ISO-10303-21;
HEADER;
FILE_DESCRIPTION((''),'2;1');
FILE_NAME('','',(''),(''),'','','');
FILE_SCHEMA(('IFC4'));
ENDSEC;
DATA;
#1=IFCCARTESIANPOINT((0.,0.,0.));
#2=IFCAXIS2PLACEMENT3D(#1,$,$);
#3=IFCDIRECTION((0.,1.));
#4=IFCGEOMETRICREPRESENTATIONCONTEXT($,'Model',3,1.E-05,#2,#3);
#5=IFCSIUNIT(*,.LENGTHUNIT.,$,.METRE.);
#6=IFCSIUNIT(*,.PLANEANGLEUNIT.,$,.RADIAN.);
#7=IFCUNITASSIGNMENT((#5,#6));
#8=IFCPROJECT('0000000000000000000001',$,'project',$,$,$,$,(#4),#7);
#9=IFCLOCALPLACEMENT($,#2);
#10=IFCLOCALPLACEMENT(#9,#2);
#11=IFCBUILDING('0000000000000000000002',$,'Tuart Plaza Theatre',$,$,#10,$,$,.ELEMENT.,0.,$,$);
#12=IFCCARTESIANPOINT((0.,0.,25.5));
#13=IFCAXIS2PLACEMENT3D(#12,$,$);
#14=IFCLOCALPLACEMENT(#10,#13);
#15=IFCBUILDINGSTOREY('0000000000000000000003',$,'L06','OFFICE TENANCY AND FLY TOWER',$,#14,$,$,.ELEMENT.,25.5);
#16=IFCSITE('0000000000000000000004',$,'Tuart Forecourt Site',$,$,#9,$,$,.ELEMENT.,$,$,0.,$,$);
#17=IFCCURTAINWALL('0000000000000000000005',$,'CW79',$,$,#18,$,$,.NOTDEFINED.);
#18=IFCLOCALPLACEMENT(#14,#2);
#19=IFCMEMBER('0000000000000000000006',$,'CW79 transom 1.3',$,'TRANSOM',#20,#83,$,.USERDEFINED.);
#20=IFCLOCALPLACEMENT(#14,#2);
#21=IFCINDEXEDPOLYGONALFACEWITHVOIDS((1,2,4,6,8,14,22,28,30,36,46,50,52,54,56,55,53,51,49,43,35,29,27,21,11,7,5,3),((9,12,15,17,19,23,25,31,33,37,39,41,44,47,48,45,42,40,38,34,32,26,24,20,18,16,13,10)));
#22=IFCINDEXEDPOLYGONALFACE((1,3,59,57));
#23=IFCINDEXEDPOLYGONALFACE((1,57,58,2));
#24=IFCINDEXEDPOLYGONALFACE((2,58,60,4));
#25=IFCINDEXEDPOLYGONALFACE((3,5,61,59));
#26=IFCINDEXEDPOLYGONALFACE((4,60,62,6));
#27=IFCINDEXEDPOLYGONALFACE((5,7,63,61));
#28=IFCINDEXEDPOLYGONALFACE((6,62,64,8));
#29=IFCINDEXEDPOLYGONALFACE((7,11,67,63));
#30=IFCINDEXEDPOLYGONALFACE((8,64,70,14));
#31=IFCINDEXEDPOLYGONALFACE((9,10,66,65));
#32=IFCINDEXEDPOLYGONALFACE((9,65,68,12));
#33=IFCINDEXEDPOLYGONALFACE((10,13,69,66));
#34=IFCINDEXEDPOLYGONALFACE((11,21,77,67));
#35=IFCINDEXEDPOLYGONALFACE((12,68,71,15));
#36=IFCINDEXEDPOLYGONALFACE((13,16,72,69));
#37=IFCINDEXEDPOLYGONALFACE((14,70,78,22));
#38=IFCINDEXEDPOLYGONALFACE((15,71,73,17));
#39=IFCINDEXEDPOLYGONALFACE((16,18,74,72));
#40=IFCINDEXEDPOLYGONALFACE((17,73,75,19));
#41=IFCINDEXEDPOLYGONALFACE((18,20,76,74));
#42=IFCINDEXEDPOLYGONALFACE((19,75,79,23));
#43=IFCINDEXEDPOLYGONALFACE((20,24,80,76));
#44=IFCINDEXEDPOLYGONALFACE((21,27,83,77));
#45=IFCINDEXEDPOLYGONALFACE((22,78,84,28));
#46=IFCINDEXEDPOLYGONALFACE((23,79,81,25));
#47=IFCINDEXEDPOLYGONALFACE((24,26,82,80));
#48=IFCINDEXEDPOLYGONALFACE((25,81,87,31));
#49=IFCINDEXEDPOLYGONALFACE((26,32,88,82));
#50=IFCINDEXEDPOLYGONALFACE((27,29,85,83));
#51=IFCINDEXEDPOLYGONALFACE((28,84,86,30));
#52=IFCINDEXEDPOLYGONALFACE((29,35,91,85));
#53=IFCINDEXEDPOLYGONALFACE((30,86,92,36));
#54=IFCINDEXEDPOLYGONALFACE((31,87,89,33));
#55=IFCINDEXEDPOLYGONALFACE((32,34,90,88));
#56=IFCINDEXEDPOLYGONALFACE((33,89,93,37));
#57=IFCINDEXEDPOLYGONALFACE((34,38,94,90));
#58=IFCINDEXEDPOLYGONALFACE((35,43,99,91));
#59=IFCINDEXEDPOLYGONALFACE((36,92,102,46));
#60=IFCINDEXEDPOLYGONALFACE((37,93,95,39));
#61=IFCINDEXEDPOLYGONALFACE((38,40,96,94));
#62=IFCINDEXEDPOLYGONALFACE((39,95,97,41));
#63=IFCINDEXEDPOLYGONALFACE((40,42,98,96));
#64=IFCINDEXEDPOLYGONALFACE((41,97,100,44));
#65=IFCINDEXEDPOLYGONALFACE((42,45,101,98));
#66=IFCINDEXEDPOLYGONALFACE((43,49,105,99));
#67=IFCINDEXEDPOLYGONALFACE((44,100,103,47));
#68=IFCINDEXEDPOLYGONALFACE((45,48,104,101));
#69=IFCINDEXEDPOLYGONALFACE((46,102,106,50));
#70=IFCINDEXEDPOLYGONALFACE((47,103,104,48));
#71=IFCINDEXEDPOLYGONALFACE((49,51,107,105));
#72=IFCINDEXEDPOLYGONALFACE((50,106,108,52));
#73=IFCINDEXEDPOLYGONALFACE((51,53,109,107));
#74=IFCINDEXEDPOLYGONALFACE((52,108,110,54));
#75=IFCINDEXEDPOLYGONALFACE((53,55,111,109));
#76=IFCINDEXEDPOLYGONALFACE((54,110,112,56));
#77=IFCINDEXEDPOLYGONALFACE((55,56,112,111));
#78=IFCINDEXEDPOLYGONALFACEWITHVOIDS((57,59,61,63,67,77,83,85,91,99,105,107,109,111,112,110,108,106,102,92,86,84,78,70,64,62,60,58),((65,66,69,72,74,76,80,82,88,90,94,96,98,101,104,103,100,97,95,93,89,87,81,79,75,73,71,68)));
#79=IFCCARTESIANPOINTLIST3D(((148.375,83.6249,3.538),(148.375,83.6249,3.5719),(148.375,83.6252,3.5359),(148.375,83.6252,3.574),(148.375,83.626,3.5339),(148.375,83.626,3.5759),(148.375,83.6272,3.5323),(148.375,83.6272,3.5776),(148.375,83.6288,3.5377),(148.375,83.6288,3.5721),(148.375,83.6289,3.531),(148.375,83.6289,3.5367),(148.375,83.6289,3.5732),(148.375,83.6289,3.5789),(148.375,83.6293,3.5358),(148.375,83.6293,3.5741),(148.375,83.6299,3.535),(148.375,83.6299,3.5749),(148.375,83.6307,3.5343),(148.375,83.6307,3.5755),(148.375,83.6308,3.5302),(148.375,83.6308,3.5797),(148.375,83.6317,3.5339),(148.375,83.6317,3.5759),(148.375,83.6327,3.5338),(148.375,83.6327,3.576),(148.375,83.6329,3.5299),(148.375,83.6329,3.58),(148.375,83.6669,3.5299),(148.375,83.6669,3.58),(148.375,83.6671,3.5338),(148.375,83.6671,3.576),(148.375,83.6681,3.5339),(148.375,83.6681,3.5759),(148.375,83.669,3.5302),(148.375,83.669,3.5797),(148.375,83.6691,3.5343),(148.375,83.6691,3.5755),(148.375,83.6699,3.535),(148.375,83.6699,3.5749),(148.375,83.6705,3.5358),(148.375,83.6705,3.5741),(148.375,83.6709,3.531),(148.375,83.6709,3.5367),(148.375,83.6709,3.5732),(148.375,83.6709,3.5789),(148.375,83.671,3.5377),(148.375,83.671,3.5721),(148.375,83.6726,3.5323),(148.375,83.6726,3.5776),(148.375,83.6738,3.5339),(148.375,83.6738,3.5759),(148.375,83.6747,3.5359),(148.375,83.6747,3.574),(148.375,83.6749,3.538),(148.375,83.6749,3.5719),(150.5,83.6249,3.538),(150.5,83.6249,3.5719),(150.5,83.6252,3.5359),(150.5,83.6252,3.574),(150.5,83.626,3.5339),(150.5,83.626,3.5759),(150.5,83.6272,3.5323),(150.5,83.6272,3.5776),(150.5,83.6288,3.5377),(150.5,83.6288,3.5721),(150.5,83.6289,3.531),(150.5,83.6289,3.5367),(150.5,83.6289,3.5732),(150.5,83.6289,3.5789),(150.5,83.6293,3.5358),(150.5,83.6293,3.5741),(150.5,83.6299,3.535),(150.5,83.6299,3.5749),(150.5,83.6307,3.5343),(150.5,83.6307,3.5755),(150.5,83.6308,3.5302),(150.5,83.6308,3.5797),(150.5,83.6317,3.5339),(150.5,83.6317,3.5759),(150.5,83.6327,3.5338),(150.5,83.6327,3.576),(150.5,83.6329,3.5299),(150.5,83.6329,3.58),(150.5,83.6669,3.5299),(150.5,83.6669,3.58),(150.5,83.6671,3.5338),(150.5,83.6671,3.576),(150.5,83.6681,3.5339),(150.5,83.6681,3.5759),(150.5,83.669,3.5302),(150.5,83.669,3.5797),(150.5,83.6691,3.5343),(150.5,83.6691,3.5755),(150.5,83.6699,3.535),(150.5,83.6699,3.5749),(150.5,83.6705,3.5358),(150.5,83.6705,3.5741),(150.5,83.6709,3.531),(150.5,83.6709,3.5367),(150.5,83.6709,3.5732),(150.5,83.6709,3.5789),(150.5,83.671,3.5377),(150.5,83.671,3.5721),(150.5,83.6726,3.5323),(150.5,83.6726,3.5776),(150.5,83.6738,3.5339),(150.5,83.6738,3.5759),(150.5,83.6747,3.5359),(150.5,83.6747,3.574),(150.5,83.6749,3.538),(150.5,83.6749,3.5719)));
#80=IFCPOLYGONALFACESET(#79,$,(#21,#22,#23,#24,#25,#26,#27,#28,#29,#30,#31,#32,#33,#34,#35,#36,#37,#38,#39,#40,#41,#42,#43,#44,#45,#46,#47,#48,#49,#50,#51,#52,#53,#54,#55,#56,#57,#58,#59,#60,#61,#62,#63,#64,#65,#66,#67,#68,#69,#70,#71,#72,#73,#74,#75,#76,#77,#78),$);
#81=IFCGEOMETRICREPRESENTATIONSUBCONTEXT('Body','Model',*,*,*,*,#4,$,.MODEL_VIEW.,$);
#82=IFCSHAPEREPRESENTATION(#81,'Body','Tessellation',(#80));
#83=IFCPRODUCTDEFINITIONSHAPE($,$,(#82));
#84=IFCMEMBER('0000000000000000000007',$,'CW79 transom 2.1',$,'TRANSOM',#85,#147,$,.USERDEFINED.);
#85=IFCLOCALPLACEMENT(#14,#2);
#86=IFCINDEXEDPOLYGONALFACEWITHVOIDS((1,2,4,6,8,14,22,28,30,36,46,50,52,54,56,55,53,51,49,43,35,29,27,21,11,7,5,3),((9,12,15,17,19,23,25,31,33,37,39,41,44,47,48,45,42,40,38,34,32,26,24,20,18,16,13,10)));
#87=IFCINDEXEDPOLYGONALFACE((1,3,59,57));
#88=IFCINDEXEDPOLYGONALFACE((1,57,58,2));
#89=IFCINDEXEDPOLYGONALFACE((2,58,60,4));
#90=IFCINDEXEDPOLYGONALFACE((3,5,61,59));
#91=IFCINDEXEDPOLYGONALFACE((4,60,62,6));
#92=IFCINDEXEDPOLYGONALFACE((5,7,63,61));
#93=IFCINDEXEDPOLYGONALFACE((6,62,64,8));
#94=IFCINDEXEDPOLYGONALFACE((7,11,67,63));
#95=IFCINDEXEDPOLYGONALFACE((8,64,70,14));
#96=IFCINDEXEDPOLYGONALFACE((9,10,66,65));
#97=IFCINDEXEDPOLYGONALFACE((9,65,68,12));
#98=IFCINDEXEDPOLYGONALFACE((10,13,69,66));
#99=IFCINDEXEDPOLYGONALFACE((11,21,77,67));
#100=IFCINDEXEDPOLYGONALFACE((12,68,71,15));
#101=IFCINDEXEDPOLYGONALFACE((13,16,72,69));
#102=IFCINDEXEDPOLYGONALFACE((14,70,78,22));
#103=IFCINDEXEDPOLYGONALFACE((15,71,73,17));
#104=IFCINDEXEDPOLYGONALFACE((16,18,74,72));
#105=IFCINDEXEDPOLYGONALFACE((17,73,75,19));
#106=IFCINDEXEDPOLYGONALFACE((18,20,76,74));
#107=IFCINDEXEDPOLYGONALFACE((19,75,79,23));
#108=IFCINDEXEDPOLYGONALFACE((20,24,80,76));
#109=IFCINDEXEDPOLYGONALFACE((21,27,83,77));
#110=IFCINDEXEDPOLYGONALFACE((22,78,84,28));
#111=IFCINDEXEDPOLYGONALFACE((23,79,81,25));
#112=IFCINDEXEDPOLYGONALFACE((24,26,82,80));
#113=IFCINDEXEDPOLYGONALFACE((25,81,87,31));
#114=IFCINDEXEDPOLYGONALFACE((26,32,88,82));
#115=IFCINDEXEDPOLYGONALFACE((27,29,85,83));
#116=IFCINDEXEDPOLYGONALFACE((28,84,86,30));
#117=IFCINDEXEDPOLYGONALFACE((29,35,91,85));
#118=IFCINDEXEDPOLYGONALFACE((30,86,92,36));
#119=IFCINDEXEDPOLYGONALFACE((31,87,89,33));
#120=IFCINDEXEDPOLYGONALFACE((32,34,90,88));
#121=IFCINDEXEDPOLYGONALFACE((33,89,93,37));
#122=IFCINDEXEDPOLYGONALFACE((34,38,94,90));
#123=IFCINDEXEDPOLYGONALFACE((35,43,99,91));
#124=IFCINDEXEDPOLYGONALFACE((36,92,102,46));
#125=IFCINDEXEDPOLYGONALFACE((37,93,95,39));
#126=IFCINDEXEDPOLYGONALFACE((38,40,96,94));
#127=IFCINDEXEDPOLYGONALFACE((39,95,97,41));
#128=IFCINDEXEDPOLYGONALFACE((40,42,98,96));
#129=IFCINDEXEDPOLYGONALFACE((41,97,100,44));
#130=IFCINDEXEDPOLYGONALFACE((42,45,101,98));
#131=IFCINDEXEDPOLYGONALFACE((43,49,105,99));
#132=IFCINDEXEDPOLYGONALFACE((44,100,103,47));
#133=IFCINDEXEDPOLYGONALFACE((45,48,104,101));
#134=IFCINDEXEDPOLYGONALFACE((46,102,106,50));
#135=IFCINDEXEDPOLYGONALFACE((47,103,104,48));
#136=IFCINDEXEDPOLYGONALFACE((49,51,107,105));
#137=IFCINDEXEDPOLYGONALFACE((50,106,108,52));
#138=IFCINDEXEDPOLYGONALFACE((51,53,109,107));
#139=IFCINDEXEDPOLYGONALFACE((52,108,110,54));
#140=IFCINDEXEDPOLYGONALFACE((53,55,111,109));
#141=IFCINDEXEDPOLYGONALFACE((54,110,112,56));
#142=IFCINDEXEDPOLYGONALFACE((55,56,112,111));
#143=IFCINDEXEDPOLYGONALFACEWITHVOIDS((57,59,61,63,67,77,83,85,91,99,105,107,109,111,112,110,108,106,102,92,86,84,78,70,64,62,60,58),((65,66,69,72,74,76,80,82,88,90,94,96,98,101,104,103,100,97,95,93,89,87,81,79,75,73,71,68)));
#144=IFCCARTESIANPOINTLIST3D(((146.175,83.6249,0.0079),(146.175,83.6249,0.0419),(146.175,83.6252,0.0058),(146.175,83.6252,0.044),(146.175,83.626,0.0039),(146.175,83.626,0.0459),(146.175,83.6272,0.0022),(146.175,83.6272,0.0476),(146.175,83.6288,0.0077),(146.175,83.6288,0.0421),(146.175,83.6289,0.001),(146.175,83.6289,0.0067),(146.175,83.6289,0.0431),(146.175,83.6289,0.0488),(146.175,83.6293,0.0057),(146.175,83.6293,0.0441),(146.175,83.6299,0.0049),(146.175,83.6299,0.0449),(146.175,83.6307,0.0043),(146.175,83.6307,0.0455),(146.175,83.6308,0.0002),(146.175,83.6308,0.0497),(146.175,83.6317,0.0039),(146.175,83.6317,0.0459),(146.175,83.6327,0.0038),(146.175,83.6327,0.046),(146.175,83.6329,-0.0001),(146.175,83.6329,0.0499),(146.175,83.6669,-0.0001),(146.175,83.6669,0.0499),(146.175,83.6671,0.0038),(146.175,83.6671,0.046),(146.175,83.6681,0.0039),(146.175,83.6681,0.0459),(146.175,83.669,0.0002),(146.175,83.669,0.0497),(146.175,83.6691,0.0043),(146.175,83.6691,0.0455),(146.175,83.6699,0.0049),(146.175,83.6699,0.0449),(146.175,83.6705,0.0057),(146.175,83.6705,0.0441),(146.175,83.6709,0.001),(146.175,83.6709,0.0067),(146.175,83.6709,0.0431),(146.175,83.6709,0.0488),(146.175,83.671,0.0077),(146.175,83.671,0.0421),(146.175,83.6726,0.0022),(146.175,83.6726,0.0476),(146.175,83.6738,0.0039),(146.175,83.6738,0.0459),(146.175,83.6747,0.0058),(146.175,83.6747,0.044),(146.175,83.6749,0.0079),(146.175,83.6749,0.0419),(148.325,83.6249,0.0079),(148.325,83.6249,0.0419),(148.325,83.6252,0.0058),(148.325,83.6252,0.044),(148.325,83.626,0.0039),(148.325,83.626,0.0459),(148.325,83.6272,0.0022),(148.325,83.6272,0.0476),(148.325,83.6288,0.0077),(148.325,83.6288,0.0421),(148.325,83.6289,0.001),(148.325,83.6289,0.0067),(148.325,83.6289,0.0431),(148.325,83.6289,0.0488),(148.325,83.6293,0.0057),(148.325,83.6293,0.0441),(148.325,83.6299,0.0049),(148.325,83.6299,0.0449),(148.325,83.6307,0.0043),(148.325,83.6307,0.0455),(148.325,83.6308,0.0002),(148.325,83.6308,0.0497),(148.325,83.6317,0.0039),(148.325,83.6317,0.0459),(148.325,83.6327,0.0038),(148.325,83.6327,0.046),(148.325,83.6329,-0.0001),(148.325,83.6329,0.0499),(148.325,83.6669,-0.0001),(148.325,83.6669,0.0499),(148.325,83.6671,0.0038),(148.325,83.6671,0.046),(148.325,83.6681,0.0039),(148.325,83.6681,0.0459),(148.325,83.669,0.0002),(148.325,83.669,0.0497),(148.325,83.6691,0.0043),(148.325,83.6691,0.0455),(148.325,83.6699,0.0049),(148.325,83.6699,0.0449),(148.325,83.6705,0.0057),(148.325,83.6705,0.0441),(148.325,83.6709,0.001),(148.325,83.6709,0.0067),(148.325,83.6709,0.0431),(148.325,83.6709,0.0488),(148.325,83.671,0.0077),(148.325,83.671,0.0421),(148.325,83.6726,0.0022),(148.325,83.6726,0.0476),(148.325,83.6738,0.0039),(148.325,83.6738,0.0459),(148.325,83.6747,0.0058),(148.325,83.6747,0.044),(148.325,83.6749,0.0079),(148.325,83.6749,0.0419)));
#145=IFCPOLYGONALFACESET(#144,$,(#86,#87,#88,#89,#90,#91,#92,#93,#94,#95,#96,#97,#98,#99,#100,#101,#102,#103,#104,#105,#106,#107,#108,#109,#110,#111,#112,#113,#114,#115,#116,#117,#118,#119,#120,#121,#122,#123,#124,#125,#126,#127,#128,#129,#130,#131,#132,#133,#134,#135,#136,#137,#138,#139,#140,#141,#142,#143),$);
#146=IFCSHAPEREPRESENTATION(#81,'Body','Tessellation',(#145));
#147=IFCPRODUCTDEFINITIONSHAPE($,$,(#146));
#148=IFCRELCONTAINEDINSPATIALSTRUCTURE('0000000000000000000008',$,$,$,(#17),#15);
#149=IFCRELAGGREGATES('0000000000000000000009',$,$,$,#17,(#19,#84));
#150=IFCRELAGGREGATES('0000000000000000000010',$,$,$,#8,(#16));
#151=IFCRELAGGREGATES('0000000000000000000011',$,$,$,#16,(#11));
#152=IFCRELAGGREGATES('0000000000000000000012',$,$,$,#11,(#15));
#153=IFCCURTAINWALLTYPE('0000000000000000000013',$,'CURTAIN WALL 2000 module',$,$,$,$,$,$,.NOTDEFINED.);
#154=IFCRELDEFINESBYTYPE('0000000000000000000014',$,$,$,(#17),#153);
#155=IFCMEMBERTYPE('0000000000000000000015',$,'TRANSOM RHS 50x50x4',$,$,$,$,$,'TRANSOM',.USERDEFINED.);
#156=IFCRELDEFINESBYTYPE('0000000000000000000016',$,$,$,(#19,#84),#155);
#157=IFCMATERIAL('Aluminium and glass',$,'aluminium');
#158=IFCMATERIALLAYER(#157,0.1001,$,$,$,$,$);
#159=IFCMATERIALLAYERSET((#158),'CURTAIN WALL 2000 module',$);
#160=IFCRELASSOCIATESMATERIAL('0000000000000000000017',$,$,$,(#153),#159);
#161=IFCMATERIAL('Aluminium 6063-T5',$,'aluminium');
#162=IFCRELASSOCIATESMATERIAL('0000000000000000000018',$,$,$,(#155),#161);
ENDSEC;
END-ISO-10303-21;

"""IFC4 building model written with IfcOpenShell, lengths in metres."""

from ifc_helpers import new_model, si_unit, direction, frame, origin, origin_2d, place, context, subcontext, project, spatial, hollow_rectangle, extrude, material, layer, layer_set, material_profile, profile_set, type_object, element, aggregate, save


model = new_model("IFC4")

# Units and contexts
model_context = context("Model", 3, precision=1e-05, world=origin(), true_north=direction((0.0, 1.0)))
body_context = subcontext(model_context, "Body", "Model", "MODEL_VIEW")
ifc_project = project(units=[si_unit("LENGTHUNIT", "METRE"), si_unit("PLANEANGLEUNIT", "RADIAN")], contexts=[model_context])

# Site, building, storey
site_placement = place(None, origin())
site = spatial("IfcSite", under=ifc_project, at=site_placement, Name="Tuart Forecourt Site", CompositionType="ELEMENT", RefElevation=0.0)
building_placement = place(site_placement, origin())
building = spatial("IfcBuilding", under=site, at=building_placement, Name="Tuart Plaza Theatre", CompositionType="ELEMENT", ElevationOfRefHeight=0.0)
storey_placement = place(building_placement, frame((0.0, 0.0, 25.5)))
storey = spatial("IfcBuildingStorey", under=building, at=storey_placement, Name="L06", Description="OFFICE TENANCY AND FLY TOWER", CompositionType="ELEMENT", Elevation=25.5)

# Shared definitions
ifc_material_1 = material(Name="Aluminium and glass", Category="aluminium")
ifc_layer_1 = layer(ifc_material_1, 0.1001)
ifc_layer_set_1 = layer_set([ifc_layer_1], Name="CURTAIN WALL 2000 module")
curtain_wall_type = type_object("IfcCurtainWallType", Name="CURTAIN WALL 2000 module", PredefinedType="NOTDEFINED", material=ifc_layer_set_1)

# Curtain wall
curtain_wall_1_placement = place(storey_placement, origin())
curtain_wall_1 = element("IfcCurtainWall", 1, at=curtain_wall_1_placement, inside=storey, type_object=curtain_wall_type, Name="CW79", PredefinedType="NOTDEFINED")

# Members
ifc_material_2 = material(Name="Aluminium 6063-T5", Category="aluminium")
ifc_material_profile_1 = material_profile(ifc_material_2, hollow_rectangle(XDim=0.05, YDim=0.05, WallThickness=0.0039, InnerFilletRadius=0.0039, OuterFilletRadius=0.0081, at=origin_2d()), Name="RHS 50x50x4")
ifc_profile_set_1 = profile_set([ifc_material_profile_1], Name="Aluminium 6063-T5")
member_type_1 = type_object("IfcMemberType", Name="TRANSOM RHS 50x50x4", ElementType="TRANSOM", PredefinedType="USERDEFINED", material=ifc_profile_set_1)
member_1_placement = place(storey_placement, frame((150.5, 83.6499, 3.5549), z_axis=(-1.0, 0.0, 0.0), x_axis=(0.0, -1.0, 0.0)))
member_1 = element("IfcMember", 2, at=member_1_placement, type_object=member_type_1, Name="CW79 transom 1.3", ObjectType="TRANSOM", PredefinedType="USERDEFINED", context=body_context, shape_type="SweptSolid", body=[
    extrude(hollow_rectangle(XDim=0.05, YDim=0.05, WallThickness=0.0039, InnerFilletRadius=0.0039, OuterFilletRadius=0.0081, at=origin_2d()), origin(), (0.0, 0.0, 1.0), 2.125),
])
member_2_placement = place(storey_placement, frame((148.325, 83.6499, 0.0249), z_axis=(-1.0, 0.0, 0.0), x_axis=(0.0, -1.0, 0.0)))
member_2 = element("IfcMember", 3, at=member_2_placement, type_object=member_type_1, Name="CW79 transom 2.1", ObjectType="TRANSOM", PredefinedType="USERDEFINED", context=body_context, shape_type="SweptSolid", body=[
    extrude(hollow_rectangle(XDim=0.05, YDim=0.05, WallThickness=0.0039, InnerFilletRadius=0.0039, OuterFilletRadius=0.0081, at=origin_2d()), origin(), (0.0, 0.0, 1.0), 2.1499),
])

aggregate(curtain_wall_1, [member_1, member_2])

save(model, "model.ifc")
